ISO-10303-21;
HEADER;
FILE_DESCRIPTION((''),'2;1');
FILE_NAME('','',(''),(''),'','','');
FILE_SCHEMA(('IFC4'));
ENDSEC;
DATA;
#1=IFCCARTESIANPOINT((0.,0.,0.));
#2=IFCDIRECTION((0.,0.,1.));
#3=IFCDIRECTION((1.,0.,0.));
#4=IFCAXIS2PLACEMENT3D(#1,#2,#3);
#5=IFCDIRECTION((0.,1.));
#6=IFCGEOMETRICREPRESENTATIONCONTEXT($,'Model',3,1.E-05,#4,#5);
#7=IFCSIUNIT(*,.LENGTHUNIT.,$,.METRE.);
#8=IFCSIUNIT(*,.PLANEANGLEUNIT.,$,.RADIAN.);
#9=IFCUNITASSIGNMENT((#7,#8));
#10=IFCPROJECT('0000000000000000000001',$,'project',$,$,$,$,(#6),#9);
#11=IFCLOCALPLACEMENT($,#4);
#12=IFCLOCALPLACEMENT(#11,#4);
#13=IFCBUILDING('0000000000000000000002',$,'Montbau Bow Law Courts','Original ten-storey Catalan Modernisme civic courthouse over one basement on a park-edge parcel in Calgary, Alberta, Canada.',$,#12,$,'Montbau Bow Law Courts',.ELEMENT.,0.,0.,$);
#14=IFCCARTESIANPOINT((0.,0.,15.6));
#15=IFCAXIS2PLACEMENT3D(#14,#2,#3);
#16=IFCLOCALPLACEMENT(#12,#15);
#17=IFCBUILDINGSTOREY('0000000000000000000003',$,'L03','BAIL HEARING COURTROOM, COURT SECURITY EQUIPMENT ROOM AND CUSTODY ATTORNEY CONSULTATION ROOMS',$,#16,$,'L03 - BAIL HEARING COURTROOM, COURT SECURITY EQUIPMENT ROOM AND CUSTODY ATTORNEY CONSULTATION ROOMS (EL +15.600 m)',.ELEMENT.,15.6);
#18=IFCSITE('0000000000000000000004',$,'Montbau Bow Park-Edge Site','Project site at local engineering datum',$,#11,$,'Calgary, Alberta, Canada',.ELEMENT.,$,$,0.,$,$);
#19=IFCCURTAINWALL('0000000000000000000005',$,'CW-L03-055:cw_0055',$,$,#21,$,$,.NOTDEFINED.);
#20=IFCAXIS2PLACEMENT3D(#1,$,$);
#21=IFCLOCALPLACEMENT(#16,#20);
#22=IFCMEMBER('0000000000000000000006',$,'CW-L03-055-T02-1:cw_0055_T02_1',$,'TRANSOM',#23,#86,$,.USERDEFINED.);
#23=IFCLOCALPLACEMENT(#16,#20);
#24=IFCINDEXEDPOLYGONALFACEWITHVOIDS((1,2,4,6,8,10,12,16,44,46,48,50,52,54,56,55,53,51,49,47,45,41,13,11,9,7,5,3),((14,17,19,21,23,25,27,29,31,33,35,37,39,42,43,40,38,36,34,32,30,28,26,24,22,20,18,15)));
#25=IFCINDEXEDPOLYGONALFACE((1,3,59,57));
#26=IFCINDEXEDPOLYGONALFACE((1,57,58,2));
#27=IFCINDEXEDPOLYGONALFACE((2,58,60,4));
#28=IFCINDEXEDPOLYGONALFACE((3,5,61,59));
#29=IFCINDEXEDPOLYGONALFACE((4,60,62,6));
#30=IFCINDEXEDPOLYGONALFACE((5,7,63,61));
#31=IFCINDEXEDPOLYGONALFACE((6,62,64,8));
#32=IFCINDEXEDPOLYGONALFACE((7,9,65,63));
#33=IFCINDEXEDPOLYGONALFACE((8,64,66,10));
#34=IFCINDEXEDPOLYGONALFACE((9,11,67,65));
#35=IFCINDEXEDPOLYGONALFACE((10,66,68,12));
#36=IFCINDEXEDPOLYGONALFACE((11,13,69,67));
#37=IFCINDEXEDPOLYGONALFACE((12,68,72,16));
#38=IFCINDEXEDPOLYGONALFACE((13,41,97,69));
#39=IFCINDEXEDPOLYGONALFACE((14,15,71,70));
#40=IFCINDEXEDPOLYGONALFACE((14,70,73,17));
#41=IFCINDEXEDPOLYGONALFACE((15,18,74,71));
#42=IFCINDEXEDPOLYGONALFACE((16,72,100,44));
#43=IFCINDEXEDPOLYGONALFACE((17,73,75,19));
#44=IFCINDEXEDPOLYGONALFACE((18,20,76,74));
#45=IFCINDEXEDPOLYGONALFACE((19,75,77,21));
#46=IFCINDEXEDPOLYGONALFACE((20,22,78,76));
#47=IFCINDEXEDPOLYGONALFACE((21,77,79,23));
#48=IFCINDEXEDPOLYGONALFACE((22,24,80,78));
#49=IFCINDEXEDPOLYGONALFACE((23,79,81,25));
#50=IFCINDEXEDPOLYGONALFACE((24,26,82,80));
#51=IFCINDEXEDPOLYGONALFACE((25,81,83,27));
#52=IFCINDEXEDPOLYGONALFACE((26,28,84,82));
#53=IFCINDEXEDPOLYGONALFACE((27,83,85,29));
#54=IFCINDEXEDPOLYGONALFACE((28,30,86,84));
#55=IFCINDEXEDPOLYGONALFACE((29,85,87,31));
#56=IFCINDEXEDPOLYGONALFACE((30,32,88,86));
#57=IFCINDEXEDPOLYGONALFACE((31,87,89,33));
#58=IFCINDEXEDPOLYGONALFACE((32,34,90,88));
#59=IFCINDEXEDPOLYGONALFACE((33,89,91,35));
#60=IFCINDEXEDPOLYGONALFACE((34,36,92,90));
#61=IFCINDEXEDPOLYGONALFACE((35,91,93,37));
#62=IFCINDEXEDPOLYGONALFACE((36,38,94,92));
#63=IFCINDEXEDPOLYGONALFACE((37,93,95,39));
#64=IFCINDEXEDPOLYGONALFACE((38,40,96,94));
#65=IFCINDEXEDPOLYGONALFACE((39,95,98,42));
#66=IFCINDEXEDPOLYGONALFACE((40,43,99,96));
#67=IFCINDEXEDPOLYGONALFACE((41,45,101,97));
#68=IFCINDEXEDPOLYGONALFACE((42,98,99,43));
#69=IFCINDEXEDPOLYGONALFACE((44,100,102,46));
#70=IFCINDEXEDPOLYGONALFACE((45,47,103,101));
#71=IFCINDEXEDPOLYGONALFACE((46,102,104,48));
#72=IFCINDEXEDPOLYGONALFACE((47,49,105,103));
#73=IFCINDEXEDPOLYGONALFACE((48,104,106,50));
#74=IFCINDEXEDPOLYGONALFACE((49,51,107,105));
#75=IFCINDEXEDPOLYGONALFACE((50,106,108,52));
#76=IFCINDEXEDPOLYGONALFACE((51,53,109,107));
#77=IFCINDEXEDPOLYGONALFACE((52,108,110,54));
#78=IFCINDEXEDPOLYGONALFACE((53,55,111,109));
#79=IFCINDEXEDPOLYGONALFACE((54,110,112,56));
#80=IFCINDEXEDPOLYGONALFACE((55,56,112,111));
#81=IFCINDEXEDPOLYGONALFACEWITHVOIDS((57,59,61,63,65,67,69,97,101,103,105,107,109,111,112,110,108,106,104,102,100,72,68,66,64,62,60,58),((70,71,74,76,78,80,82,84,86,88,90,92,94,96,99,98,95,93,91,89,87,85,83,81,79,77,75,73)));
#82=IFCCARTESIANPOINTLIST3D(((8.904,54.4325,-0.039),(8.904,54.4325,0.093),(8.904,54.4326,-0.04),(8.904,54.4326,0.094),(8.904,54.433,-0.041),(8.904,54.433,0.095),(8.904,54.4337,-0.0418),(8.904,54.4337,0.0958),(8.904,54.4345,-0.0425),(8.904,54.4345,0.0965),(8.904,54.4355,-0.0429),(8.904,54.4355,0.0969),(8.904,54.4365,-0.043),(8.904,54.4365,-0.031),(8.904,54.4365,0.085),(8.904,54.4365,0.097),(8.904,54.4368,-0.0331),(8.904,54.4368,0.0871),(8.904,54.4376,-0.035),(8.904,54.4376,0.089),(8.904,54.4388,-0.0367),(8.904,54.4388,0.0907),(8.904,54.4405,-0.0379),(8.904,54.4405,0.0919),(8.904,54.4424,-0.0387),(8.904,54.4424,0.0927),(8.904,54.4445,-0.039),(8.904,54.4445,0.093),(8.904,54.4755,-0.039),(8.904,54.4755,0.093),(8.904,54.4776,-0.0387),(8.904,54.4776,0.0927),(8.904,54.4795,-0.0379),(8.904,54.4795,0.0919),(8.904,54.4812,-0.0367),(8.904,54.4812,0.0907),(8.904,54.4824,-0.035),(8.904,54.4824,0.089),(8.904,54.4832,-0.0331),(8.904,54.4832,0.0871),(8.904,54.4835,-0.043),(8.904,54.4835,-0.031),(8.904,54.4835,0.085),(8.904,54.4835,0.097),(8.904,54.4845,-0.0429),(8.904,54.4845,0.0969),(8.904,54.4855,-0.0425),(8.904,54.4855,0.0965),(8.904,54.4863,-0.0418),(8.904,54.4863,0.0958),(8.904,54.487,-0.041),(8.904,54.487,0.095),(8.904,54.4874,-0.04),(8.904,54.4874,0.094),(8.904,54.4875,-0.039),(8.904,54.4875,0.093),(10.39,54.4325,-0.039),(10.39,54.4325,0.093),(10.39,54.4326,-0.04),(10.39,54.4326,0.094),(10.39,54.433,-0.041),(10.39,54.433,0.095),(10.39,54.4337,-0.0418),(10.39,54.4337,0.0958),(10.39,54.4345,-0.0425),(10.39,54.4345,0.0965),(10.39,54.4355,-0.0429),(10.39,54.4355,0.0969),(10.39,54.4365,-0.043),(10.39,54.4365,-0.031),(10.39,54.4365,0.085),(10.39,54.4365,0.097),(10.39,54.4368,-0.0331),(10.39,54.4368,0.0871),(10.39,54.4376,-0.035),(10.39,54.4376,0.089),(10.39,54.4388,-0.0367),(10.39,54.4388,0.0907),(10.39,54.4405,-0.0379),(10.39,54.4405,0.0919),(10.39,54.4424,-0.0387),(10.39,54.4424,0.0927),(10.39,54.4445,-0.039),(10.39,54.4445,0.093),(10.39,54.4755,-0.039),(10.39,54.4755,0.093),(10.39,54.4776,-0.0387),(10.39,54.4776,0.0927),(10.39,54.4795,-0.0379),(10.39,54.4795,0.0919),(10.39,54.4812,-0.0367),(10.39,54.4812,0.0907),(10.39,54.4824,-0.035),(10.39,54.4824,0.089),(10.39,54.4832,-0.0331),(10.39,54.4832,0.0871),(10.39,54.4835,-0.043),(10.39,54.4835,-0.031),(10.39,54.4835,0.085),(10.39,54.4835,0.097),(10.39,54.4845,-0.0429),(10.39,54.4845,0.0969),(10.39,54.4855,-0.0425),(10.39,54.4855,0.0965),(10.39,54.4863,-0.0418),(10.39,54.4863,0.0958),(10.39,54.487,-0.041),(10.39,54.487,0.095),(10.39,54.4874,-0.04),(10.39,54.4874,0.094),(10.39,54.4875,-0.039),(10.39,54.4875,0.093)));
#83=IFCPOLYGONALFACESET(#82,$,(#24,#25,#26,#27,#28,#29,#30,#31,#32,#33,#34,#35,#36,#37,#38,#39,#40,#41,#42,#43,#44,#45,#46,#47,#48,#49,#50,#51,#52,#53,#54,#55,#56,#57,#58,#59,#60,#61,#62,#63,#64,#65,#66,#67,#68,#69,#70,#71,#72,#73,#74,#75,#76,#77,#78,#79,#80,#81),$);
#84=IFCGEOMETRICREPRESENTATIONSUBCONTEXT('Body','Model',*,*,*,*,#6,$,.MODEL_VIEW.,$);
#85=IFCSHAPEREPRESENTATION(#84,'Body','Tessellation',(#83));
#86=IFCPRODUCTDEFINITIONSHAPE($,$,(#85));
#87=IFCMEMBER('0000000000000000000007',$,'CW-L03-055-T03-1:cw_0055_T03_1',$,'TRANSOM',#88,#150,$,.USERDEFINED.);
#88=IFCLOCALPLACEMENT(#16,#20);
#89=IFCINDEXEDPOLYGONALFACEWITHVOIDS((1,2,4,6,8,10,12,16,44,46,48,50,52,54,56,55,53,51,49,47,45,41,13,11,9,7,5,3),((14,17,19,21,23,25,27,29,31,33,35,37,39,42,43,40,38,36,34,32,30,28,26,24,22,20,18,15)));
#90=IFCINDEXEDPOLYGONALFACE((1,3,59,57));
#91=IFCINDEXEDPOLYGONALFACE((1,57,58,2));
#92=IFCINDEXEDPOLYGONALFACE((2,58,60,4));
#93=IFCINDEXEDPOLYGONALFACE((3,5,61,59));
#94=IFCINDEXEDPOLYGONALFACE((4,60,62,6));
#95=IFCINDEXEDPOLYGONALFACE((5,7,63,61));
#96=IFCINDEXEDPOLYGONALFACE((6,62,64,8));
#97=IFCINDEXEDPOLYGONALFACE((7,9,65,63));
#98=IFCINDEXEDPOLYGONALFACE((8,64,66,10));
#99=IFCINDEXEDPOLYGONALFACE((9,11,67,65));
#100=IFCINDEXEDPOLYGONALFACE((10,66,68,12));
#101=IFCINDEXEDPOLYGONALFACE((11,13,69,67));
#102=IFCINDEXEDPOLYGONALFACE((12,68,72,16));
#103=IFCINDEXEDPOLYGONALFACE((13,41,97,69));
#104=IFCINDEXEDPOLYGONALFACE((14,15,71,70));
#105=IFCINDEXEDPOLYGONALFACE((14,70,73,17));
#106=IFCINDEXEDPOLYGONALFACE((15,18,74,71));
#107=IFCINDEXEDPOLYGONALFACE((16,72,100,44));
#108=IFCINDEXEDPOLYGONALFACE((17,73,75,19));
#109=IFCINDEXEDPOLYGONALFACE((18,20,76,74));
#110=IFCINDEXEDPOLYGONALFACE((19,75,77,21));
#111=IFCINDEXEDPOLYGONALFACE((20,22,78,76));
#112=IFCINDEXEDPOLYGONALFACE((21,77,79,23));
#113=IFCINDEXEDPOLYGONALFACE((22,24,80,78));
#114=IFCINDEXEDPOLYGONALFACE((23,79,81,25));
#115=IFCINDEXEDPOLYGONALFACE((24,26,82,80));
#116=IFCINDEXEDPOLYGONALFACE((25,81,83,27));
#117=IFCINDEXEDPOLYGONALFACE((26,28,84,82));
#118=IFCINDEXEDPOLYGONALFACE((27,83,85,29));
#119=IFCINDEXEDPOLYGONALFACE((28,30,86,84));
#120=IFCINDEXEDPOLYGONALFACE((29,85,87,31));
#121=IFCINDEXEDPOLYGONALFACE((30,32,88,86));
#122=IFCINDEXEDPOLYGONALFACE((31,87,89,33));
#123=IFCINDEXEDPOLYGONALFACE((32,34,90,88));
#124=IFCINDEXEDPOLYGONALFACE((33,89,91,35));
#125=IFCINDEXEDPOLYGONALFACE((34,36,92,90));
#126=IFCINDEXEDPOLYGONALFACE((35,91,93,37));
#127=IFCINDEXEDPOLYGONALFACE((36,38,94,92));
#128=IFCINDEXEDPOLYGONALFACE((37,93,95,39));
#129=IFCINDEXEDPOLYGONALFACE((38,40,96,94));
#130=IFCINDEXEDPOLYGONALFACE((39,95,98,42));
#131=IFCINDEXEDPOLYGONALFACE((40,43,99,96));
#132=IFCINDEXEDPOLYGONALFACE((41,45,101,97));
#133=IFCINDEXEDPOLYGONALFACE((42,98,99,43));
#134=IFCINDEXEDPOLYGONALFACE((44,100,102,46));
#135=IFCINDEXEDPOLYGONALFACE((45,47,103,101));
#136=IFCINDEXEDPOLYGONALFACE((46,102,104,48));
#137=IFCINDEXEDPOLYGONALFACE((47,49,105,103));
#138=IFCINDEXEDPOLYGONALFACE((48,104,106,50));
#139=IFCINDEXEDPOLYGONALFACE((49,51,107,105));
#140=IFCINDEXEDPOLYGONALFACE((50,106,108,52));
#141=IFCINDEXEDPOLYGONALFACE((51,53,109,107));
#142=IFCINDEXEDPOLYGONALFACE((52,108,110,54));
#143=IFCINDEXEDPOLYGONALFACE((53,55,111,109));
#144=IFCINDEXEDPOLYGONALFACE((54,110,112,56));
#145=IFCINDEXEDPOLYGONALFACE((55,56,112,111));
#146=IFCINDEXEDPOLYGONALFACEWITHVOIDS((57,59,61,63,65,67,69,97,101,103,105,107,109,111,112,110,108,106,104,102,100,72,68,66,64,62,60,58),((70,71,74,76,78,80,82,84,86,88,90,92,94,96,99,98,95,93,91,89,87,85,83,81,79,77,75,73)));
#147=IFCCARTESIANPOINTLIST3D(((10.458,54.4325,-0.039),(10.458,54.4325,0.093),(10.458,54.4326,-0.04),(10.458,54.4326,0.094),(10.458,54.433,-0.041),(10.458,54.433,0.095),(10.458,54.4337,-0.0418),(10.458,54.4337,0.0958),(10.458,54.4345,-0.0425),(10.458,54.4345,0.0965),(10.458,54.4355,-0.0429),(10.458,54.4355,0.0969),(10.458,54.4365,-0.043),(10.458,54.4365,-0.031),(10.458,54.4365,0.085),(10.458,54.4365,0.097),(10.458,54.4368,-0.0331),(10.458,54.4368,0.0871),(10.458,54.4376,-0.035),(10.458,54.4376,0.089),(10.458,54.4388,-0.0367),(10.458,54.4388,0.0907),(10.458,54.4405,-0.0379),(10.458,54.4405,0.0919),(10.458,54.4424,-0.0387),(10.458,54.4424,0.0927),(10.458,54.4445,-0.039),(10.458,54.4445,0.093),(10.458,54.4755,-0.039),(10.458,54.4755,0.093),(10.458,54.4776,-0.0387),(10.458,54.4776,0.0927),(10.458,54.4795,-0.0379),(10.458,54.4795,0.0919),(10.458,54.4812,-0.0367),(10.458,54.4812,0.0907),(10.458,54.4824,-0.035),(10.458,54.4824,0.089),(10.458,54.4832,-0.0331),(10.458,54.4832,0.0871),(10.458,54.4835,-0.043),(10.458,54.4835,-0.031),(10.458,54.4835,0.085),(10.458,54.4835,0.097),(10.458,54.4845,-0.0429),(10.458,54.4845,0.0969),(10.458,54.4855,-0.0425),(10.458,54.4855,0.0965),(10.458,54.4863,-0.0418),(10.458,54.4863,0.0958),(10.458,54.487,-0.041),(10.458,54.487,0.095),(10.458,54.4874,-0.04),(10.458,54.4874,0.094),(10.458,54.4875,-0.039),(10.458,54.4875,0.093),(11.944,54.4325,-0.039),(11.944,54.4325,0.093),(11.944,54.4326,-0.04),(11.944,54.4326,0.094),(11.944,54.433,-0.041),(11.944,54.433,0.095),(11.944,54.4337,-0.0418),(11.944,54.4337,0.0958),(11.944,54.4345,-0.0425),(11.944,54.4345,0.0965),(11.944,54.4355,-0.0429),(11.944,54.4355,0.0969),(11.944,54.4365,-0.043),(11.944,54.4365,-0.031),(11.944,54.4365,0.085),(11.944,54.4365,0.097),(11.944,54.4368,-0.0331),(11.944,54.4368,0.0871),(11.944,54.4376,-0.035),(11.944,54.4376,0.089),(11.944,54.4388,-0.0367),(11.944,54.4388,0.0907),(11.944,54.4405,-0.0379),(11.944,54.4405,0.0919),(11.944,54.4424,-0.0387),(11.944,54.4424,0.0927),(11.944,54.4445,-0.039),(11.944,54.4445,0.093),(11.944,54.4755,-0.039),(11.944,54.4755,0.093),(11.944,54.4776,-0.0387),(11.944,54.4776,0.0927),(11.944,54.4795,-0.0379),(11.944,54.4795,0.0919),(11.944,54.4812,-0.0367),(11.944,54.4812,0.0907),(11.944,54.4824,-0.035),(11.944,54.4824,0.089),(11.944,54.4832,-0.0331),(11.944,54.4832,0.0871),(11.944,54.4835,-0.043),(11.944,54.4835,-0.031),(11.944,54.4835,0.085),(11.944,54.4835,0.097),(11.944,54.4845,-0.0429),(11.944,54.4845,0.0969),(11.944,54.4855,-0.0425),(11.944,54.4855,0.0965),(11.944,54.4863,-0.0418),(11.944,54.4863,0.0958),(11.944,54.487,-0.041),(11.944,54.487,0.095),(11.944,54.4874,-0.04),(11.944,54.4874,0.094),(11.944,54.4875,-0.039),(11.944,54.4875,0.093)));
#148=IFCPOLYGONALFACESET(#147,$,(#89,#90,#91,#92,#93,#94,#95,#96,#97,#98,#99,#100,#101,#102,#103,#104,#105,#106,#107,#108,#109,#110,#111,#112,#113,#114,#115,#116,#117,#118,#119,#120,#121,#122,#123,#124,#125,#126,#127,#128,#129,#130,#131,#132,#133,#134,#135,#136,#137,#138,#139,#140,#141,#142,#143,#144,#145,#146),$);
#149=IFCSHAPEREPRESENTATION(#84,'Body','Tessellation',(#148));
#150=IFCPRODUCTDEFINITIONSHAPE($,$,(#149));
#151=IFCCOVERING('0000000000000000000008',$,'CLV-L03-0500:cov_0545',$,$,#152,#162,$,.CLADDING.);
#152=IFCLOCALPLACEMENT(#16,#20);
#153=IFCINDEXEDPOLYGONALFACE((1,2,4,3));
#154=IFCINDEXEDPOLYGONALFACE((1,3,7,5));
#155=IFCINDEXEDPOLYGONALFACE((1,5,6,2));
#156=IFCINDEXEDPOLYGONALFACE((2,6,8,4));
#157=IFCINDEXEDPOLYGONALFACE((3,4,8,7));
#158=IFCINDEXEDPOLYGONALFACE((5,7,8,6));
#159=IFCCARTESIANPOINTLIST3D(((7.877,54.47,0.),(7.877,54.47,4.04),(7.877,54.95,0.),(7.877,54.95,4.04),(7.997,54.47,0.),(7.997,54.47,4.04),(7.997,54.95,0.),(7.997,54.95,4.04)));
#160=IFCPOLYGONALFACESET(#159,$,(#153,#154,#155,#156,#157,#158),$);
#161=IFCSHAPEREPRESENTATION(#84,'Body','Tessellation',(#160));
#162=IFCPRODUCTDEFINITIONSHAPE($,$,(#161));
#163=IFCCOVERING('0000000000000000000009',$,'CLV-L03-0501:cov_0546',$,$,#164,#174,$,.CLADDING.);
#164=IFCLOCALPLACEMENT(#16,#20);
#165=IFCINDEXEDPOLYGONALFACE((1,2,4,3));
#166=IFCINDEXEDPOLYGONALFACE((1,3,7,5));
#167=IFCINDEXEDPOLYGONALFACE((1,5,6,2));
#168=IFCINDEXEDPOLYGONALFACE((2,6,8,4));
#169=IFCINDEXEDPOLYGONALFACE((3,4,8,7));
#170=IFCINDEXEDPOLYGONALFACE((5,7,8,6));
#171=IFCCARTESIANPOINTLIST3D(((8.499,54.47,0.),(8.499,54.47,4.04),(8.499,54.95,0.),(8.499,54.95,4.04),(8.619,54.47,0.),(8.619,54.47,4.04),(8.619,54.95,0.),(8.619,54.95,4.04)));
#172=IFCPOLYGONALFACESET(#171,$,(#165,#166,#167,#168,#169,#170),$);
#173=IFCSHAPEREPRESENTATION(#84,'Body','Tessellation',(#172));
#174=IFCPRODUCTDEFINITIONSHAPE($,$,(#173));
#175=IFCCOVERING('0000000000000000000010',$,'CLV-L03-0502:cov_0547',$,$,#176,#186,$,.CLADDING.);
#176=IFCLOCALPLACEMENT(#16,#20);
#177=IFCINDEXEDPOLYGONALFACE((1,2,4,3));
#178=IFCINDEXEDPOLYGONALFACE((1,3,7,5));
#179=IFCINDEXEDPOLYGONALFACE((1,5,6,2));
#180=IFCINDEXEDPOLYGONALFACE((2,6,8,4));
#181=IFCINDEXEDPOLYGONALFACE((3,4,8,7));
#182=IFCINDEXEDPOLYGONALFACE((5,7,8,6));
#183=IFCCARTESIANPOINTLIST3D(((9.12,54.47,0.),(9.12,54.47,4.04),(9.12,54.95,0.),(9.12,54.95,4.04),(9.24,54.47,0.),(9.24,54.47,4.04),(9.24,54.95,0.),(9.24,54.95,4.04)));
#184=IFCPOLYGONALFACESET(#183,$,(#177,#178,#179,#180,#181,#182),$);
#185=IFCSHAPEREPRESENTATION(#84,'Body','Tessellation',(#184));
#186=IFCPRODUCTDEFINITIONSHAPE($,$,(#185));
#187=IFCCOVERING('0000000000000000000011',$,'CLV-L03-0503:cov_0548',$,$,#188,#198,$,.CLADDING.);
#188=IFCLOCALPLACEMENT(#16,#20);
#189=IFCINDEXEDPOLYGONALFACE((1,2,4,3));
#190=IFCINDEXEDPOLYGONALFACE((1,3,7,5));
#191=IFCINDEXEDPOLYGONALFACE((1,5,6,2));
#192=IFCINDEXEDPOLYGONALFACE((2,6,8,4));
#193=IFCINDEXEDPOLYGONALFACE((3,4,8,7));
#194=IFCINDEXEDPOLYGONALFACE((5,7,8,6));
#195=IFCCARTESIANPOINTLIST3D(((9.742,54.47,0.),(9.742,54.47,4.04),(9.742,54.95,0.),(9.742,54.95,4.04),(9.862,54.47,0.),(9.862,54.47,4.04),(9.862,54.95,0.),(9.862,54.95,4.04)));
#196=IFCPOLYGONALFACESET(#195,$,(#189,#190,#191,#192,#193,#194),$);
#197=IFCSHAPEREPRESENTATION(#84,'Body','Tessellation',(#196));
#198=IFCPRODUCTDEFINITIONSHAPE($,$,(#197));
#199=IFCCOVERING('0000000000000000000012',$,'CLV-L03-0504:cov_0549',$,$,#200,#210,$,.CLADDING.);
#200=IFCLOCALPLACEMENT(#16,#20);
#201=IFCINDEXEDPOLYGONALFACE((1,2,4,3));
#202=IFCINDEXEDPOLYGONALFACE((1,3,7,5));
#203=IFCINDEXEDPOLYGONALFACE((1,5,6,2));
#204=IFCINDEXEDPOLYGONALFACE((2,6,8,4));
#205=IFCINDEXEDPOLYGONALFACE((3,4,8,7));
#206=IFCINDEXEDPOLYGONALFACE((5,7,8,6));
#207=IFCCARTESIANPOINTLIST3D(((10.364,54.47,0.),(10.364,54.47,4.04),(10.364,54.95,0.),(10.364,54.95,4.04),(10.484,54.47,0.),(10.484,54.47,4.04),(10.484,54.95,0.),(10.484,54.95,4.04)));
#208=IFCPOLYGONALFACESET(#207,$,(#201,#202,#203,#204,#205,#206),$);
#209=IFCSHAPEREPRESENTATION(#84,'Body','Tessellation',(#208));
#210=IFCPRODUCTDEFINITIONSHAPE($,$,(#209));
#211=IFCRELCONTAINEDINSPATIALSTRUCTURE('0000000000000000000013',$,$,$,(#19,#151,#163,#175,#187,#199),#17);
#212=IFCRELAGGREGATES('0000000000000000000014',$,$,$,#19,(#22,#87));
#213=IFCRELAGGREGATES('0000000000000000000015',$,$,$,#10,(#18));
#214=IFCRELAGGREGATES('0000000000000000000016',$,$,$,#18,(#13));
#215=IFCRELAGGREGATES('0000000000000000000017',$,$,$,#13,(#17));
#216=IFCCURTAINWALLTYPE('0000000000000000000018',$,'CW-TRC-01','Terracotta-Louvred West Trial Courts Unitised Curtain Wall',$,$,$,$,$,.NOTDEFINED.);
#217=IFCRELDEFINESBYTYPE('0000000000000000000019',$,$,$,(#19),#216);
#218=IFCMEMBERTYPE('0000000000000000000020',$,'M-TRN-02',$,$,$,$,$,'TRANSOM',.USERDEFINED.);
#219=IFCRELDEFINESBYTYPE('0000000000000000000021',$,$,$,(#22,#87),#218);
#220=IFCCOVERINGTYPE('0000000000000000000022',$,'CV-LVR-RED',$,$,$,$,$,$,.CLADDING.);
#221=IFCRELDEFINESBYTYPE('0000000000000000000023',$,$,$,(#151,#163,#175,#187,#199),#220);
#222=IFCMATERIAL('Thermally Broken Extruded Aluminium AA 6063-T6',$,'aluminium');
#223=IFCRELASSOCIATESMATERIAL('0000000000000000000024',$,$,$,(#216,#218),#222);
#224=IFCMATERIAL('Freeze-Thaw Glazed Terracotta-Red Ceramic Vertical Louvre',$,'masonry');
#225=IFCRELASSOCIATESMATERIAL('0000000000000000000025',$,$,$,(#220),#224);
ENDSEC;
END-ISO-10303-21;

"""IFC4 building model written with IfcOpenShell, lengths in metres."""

from ifc_helpers import new_model, si_unit, direction, frame, frame_2d, origin_with_axes, origin_2d_with_axis, place, context, subcontext, project, spatial, rectangle, hollow_rectangle, extrude, material, material_profile, profile_set, type_object, element, aggregate, save


model = new_model("IFC4")

# Units and contexts
model_context = context("Model", 3, precision=1e-05, world=origin_with_axes(), true_north=direction((0.0, 1.0)))
body_context = subcontext(model_context, "Body", "Model", "MODEL_VIEW")
ifc_project = project(units=[si_unit("LENGTHUNIT", "METRE"), si_unit("PLANEANGLEUNIT", "RADIAN")], contexts=[model_context])

# Site, building, storey
site_placement = place(None, origin_with_axes())
site = spatial("IfcSite", under=ifc_project, at=site_placement, Name="Montbau Bow Park-Edge Site", Description="Project site at local engineering datum", LongName="Calgary, Alberta, Canada", CompositionType="ELEMENT", RefElevation=0.0)
building_placement = place(site_placement, origin_with_axes())
building = spatial("IfcBuilding", under=site, at=building_placement, Name="Montbau Bow Law Courts", Description="Original ten-storey Catalan Modernisme civic courthouse over one basement on a park-edge parcel in Calgary, Alberta, Canada.", LongName="Montbau Bow Law Courts", CompositionType="ELEMENT", ElevationOfRefHeight=0.0, ElevationOfTerrain=0.0)
storey_placement = place(building_placement, frame((0.0, 0.0, 15.6), z_axis=(0.0, 0.0, 1.0), x_axis=(1.0, 0.0, 0.0)))
storey = spatial("IfcBuildingStorey", under=building, at=storey_placement, Name="L03", Description="BAIL HEARING COURTROOM, COURT SECURITY EQUIPMENT ROOM AND CUSTODY ATTORNEY CONSULTATION ROOMS", LongName="L03 - BAIL HEARING COURTROOM, COURT SECURITY EQUIPMENT ROOM AND CUSTODY ATTORNEY CONSULTATION ROOMS (EL +15.600 m)", CompositionType="ELEMENT", Elevation=15.6)

# Curtain wall
ifc_material_1 = material(Name="Thermally Broken Extruded Aluminium AA 6063-T6", Category="aluminium")
curtain_wall_type = type_object("IfcCurtainWallType", Name="CW-TRC-01", Description="Terracotta-Louvred West Trial Courts Unitised Curtain Wall", PredefinedType="NOTDEFINED", material=ifc_material_1)
curtain_wall_1_placement = place(None, frame((7.315, 54.46, 15.6), z_axis=(0.0, 0.0, 1.0), x_axis=(1.0, 0.0, 0.0)))
curtain_wall_1 = element("IfcCurtainWall", 1, at=curtain_wall_1_placement, inside=storey, type_object=curtain_wall_type, Name="CW-L03-055:cw_0055", PredefinedType="NOTDEFINED")

# Members
ifc_material_profile_1 = material_profile(ifc_material_1, hollow_rectangle(XDim=0.055, YDim=0.14, WallThickness=0.004, InnerFilletRadius=0.008, OuterFilletRadius=0.004, at=origin_2d_with_axis()), Name="CWT-140X55", Category="Main", Priority=0)
ifc_profile_set_1 = profile_set([ifc_material_profile_1], Name="Thermally Broken Extruded Aluminium AA 6063-T6")
member_type_1 = type_object("IfcMemberType", Name="M-TRN-02", ElementType="TRANSOM", PredefinedType="USERDEFINED", material=ifc_profile_set_1)
member_1_placement = place(None, frame((8.904, 54.46, 15.627), z_axis=(1.0, 0.0, 0.0), x_axis=(0.0, 1.0, 0.0)))
member_1 = element("IfcMember", 2, at=member_1_placement, type_object=member_type_1, Name="CW-L03-055-T02-1:cw_0055_T02_1", ObjectType="TRANSOM", PredefinedType="USERDEFINED", context=body_context, shape_type="SweptSolid", body=[
    extrude(hollow_rectangle(XDim=0.055, YDim=0.14, WallThickness=0.004, InnerFilletRadius=0.008, OuterFilletRadius=0.004, at=origin_2d_with_axis()), origin_with_axes(), (0.0, 0.0, 1.0), 1.486),
])
member_2_placement = place(None, frame((10.458, 54.46, 15.627), z_axis=(1.0, 0.0, 0.0), x_axis=(0.0, 1.0, 0.0)))
member_2 = element("IfcMember", 3, at=member_2_placement, type_object=member_type_1, Name="CW-L03-055-T03-1:cw_0055_T03_1", ObjectType="TRANSOM", PredefinedType="USERDEFINED", context=body_context, shape_type="SweptSolid", body=[
    extrude(hollow_rectangle(XDim=0.055, YDim=0.14, WallThickness=0.004, InnerFilletRadius=0.008, OuterFilletRadius=0.004, at=origin_2d_with_axis()), origin_with_axes(), (0.0, 0.0, 1.0), 1.486),
])
aggregate(curtain_wall_1, [member_1, member_2])

# Coverings
ifc_material_2 = material(Name="Freeze-Thaw Glazed Terracotta-Red Ceramic Vertical Louvre", Category="masonry")
covering_type = type_object("IfcCoveringType", Name="CV-LVR-RED", PredefinedType="CLADDING", material=ifc_material_2)
for number, where, z_axis, x_axis, name in (
    (4, (7.937, 54.47, 15.6), (1.0, 0.0, 0.0), (0.0, 1.0, 0.0), "CLV-L03-0500:cov_0545"),
    (5, (8.559, 54.47, 15.6), (1.0, 0.0, 0.0), (0.0, 1.0, 0.0), "CLV-L03-0501:cov_0546"),
    (6, (9.18, 54.47, 15.6), (1.0, 0.0, 0.0), (0.0, 1.0, 0.0), "CLV-L03-0502:cov_0547"),
    (7, (9.802, 54.47, 15.6), (1.0, 0.0, 0.0), (0.0, 1.0, 0.0), "CLV-L03-0503:cov_0548"),
    (8, (10.424, 54.47, 15.6), (1.0, 0.0, 0.0), (0.0, 1.0, 0.0), "CLV-L03-0504:cov_0549"),
):
    element("IfcCovering", number, at=place(None, frame(where, z_axis=z_axis, x_axis=x_axis)), inside=storey, type_object=covering_type, Name=name, PredefinedType="CLADDING", context=body_context, shape_type="SweptSolid", body=[
        extrude(rectangle(XDim=0.48, YDim=4.04, at=frame_2d((0.24, 2.02), x_axis=(1.0, 0.0))), frame((0.0, 0.0, -0.06), z_axis=(0.0, 0.0, 1.0), x_axis=(1.0, 0.0, 0.0)), (0.0, 0.0, 1.0), 0.12),
    ])

save(model, "model.ifc")
